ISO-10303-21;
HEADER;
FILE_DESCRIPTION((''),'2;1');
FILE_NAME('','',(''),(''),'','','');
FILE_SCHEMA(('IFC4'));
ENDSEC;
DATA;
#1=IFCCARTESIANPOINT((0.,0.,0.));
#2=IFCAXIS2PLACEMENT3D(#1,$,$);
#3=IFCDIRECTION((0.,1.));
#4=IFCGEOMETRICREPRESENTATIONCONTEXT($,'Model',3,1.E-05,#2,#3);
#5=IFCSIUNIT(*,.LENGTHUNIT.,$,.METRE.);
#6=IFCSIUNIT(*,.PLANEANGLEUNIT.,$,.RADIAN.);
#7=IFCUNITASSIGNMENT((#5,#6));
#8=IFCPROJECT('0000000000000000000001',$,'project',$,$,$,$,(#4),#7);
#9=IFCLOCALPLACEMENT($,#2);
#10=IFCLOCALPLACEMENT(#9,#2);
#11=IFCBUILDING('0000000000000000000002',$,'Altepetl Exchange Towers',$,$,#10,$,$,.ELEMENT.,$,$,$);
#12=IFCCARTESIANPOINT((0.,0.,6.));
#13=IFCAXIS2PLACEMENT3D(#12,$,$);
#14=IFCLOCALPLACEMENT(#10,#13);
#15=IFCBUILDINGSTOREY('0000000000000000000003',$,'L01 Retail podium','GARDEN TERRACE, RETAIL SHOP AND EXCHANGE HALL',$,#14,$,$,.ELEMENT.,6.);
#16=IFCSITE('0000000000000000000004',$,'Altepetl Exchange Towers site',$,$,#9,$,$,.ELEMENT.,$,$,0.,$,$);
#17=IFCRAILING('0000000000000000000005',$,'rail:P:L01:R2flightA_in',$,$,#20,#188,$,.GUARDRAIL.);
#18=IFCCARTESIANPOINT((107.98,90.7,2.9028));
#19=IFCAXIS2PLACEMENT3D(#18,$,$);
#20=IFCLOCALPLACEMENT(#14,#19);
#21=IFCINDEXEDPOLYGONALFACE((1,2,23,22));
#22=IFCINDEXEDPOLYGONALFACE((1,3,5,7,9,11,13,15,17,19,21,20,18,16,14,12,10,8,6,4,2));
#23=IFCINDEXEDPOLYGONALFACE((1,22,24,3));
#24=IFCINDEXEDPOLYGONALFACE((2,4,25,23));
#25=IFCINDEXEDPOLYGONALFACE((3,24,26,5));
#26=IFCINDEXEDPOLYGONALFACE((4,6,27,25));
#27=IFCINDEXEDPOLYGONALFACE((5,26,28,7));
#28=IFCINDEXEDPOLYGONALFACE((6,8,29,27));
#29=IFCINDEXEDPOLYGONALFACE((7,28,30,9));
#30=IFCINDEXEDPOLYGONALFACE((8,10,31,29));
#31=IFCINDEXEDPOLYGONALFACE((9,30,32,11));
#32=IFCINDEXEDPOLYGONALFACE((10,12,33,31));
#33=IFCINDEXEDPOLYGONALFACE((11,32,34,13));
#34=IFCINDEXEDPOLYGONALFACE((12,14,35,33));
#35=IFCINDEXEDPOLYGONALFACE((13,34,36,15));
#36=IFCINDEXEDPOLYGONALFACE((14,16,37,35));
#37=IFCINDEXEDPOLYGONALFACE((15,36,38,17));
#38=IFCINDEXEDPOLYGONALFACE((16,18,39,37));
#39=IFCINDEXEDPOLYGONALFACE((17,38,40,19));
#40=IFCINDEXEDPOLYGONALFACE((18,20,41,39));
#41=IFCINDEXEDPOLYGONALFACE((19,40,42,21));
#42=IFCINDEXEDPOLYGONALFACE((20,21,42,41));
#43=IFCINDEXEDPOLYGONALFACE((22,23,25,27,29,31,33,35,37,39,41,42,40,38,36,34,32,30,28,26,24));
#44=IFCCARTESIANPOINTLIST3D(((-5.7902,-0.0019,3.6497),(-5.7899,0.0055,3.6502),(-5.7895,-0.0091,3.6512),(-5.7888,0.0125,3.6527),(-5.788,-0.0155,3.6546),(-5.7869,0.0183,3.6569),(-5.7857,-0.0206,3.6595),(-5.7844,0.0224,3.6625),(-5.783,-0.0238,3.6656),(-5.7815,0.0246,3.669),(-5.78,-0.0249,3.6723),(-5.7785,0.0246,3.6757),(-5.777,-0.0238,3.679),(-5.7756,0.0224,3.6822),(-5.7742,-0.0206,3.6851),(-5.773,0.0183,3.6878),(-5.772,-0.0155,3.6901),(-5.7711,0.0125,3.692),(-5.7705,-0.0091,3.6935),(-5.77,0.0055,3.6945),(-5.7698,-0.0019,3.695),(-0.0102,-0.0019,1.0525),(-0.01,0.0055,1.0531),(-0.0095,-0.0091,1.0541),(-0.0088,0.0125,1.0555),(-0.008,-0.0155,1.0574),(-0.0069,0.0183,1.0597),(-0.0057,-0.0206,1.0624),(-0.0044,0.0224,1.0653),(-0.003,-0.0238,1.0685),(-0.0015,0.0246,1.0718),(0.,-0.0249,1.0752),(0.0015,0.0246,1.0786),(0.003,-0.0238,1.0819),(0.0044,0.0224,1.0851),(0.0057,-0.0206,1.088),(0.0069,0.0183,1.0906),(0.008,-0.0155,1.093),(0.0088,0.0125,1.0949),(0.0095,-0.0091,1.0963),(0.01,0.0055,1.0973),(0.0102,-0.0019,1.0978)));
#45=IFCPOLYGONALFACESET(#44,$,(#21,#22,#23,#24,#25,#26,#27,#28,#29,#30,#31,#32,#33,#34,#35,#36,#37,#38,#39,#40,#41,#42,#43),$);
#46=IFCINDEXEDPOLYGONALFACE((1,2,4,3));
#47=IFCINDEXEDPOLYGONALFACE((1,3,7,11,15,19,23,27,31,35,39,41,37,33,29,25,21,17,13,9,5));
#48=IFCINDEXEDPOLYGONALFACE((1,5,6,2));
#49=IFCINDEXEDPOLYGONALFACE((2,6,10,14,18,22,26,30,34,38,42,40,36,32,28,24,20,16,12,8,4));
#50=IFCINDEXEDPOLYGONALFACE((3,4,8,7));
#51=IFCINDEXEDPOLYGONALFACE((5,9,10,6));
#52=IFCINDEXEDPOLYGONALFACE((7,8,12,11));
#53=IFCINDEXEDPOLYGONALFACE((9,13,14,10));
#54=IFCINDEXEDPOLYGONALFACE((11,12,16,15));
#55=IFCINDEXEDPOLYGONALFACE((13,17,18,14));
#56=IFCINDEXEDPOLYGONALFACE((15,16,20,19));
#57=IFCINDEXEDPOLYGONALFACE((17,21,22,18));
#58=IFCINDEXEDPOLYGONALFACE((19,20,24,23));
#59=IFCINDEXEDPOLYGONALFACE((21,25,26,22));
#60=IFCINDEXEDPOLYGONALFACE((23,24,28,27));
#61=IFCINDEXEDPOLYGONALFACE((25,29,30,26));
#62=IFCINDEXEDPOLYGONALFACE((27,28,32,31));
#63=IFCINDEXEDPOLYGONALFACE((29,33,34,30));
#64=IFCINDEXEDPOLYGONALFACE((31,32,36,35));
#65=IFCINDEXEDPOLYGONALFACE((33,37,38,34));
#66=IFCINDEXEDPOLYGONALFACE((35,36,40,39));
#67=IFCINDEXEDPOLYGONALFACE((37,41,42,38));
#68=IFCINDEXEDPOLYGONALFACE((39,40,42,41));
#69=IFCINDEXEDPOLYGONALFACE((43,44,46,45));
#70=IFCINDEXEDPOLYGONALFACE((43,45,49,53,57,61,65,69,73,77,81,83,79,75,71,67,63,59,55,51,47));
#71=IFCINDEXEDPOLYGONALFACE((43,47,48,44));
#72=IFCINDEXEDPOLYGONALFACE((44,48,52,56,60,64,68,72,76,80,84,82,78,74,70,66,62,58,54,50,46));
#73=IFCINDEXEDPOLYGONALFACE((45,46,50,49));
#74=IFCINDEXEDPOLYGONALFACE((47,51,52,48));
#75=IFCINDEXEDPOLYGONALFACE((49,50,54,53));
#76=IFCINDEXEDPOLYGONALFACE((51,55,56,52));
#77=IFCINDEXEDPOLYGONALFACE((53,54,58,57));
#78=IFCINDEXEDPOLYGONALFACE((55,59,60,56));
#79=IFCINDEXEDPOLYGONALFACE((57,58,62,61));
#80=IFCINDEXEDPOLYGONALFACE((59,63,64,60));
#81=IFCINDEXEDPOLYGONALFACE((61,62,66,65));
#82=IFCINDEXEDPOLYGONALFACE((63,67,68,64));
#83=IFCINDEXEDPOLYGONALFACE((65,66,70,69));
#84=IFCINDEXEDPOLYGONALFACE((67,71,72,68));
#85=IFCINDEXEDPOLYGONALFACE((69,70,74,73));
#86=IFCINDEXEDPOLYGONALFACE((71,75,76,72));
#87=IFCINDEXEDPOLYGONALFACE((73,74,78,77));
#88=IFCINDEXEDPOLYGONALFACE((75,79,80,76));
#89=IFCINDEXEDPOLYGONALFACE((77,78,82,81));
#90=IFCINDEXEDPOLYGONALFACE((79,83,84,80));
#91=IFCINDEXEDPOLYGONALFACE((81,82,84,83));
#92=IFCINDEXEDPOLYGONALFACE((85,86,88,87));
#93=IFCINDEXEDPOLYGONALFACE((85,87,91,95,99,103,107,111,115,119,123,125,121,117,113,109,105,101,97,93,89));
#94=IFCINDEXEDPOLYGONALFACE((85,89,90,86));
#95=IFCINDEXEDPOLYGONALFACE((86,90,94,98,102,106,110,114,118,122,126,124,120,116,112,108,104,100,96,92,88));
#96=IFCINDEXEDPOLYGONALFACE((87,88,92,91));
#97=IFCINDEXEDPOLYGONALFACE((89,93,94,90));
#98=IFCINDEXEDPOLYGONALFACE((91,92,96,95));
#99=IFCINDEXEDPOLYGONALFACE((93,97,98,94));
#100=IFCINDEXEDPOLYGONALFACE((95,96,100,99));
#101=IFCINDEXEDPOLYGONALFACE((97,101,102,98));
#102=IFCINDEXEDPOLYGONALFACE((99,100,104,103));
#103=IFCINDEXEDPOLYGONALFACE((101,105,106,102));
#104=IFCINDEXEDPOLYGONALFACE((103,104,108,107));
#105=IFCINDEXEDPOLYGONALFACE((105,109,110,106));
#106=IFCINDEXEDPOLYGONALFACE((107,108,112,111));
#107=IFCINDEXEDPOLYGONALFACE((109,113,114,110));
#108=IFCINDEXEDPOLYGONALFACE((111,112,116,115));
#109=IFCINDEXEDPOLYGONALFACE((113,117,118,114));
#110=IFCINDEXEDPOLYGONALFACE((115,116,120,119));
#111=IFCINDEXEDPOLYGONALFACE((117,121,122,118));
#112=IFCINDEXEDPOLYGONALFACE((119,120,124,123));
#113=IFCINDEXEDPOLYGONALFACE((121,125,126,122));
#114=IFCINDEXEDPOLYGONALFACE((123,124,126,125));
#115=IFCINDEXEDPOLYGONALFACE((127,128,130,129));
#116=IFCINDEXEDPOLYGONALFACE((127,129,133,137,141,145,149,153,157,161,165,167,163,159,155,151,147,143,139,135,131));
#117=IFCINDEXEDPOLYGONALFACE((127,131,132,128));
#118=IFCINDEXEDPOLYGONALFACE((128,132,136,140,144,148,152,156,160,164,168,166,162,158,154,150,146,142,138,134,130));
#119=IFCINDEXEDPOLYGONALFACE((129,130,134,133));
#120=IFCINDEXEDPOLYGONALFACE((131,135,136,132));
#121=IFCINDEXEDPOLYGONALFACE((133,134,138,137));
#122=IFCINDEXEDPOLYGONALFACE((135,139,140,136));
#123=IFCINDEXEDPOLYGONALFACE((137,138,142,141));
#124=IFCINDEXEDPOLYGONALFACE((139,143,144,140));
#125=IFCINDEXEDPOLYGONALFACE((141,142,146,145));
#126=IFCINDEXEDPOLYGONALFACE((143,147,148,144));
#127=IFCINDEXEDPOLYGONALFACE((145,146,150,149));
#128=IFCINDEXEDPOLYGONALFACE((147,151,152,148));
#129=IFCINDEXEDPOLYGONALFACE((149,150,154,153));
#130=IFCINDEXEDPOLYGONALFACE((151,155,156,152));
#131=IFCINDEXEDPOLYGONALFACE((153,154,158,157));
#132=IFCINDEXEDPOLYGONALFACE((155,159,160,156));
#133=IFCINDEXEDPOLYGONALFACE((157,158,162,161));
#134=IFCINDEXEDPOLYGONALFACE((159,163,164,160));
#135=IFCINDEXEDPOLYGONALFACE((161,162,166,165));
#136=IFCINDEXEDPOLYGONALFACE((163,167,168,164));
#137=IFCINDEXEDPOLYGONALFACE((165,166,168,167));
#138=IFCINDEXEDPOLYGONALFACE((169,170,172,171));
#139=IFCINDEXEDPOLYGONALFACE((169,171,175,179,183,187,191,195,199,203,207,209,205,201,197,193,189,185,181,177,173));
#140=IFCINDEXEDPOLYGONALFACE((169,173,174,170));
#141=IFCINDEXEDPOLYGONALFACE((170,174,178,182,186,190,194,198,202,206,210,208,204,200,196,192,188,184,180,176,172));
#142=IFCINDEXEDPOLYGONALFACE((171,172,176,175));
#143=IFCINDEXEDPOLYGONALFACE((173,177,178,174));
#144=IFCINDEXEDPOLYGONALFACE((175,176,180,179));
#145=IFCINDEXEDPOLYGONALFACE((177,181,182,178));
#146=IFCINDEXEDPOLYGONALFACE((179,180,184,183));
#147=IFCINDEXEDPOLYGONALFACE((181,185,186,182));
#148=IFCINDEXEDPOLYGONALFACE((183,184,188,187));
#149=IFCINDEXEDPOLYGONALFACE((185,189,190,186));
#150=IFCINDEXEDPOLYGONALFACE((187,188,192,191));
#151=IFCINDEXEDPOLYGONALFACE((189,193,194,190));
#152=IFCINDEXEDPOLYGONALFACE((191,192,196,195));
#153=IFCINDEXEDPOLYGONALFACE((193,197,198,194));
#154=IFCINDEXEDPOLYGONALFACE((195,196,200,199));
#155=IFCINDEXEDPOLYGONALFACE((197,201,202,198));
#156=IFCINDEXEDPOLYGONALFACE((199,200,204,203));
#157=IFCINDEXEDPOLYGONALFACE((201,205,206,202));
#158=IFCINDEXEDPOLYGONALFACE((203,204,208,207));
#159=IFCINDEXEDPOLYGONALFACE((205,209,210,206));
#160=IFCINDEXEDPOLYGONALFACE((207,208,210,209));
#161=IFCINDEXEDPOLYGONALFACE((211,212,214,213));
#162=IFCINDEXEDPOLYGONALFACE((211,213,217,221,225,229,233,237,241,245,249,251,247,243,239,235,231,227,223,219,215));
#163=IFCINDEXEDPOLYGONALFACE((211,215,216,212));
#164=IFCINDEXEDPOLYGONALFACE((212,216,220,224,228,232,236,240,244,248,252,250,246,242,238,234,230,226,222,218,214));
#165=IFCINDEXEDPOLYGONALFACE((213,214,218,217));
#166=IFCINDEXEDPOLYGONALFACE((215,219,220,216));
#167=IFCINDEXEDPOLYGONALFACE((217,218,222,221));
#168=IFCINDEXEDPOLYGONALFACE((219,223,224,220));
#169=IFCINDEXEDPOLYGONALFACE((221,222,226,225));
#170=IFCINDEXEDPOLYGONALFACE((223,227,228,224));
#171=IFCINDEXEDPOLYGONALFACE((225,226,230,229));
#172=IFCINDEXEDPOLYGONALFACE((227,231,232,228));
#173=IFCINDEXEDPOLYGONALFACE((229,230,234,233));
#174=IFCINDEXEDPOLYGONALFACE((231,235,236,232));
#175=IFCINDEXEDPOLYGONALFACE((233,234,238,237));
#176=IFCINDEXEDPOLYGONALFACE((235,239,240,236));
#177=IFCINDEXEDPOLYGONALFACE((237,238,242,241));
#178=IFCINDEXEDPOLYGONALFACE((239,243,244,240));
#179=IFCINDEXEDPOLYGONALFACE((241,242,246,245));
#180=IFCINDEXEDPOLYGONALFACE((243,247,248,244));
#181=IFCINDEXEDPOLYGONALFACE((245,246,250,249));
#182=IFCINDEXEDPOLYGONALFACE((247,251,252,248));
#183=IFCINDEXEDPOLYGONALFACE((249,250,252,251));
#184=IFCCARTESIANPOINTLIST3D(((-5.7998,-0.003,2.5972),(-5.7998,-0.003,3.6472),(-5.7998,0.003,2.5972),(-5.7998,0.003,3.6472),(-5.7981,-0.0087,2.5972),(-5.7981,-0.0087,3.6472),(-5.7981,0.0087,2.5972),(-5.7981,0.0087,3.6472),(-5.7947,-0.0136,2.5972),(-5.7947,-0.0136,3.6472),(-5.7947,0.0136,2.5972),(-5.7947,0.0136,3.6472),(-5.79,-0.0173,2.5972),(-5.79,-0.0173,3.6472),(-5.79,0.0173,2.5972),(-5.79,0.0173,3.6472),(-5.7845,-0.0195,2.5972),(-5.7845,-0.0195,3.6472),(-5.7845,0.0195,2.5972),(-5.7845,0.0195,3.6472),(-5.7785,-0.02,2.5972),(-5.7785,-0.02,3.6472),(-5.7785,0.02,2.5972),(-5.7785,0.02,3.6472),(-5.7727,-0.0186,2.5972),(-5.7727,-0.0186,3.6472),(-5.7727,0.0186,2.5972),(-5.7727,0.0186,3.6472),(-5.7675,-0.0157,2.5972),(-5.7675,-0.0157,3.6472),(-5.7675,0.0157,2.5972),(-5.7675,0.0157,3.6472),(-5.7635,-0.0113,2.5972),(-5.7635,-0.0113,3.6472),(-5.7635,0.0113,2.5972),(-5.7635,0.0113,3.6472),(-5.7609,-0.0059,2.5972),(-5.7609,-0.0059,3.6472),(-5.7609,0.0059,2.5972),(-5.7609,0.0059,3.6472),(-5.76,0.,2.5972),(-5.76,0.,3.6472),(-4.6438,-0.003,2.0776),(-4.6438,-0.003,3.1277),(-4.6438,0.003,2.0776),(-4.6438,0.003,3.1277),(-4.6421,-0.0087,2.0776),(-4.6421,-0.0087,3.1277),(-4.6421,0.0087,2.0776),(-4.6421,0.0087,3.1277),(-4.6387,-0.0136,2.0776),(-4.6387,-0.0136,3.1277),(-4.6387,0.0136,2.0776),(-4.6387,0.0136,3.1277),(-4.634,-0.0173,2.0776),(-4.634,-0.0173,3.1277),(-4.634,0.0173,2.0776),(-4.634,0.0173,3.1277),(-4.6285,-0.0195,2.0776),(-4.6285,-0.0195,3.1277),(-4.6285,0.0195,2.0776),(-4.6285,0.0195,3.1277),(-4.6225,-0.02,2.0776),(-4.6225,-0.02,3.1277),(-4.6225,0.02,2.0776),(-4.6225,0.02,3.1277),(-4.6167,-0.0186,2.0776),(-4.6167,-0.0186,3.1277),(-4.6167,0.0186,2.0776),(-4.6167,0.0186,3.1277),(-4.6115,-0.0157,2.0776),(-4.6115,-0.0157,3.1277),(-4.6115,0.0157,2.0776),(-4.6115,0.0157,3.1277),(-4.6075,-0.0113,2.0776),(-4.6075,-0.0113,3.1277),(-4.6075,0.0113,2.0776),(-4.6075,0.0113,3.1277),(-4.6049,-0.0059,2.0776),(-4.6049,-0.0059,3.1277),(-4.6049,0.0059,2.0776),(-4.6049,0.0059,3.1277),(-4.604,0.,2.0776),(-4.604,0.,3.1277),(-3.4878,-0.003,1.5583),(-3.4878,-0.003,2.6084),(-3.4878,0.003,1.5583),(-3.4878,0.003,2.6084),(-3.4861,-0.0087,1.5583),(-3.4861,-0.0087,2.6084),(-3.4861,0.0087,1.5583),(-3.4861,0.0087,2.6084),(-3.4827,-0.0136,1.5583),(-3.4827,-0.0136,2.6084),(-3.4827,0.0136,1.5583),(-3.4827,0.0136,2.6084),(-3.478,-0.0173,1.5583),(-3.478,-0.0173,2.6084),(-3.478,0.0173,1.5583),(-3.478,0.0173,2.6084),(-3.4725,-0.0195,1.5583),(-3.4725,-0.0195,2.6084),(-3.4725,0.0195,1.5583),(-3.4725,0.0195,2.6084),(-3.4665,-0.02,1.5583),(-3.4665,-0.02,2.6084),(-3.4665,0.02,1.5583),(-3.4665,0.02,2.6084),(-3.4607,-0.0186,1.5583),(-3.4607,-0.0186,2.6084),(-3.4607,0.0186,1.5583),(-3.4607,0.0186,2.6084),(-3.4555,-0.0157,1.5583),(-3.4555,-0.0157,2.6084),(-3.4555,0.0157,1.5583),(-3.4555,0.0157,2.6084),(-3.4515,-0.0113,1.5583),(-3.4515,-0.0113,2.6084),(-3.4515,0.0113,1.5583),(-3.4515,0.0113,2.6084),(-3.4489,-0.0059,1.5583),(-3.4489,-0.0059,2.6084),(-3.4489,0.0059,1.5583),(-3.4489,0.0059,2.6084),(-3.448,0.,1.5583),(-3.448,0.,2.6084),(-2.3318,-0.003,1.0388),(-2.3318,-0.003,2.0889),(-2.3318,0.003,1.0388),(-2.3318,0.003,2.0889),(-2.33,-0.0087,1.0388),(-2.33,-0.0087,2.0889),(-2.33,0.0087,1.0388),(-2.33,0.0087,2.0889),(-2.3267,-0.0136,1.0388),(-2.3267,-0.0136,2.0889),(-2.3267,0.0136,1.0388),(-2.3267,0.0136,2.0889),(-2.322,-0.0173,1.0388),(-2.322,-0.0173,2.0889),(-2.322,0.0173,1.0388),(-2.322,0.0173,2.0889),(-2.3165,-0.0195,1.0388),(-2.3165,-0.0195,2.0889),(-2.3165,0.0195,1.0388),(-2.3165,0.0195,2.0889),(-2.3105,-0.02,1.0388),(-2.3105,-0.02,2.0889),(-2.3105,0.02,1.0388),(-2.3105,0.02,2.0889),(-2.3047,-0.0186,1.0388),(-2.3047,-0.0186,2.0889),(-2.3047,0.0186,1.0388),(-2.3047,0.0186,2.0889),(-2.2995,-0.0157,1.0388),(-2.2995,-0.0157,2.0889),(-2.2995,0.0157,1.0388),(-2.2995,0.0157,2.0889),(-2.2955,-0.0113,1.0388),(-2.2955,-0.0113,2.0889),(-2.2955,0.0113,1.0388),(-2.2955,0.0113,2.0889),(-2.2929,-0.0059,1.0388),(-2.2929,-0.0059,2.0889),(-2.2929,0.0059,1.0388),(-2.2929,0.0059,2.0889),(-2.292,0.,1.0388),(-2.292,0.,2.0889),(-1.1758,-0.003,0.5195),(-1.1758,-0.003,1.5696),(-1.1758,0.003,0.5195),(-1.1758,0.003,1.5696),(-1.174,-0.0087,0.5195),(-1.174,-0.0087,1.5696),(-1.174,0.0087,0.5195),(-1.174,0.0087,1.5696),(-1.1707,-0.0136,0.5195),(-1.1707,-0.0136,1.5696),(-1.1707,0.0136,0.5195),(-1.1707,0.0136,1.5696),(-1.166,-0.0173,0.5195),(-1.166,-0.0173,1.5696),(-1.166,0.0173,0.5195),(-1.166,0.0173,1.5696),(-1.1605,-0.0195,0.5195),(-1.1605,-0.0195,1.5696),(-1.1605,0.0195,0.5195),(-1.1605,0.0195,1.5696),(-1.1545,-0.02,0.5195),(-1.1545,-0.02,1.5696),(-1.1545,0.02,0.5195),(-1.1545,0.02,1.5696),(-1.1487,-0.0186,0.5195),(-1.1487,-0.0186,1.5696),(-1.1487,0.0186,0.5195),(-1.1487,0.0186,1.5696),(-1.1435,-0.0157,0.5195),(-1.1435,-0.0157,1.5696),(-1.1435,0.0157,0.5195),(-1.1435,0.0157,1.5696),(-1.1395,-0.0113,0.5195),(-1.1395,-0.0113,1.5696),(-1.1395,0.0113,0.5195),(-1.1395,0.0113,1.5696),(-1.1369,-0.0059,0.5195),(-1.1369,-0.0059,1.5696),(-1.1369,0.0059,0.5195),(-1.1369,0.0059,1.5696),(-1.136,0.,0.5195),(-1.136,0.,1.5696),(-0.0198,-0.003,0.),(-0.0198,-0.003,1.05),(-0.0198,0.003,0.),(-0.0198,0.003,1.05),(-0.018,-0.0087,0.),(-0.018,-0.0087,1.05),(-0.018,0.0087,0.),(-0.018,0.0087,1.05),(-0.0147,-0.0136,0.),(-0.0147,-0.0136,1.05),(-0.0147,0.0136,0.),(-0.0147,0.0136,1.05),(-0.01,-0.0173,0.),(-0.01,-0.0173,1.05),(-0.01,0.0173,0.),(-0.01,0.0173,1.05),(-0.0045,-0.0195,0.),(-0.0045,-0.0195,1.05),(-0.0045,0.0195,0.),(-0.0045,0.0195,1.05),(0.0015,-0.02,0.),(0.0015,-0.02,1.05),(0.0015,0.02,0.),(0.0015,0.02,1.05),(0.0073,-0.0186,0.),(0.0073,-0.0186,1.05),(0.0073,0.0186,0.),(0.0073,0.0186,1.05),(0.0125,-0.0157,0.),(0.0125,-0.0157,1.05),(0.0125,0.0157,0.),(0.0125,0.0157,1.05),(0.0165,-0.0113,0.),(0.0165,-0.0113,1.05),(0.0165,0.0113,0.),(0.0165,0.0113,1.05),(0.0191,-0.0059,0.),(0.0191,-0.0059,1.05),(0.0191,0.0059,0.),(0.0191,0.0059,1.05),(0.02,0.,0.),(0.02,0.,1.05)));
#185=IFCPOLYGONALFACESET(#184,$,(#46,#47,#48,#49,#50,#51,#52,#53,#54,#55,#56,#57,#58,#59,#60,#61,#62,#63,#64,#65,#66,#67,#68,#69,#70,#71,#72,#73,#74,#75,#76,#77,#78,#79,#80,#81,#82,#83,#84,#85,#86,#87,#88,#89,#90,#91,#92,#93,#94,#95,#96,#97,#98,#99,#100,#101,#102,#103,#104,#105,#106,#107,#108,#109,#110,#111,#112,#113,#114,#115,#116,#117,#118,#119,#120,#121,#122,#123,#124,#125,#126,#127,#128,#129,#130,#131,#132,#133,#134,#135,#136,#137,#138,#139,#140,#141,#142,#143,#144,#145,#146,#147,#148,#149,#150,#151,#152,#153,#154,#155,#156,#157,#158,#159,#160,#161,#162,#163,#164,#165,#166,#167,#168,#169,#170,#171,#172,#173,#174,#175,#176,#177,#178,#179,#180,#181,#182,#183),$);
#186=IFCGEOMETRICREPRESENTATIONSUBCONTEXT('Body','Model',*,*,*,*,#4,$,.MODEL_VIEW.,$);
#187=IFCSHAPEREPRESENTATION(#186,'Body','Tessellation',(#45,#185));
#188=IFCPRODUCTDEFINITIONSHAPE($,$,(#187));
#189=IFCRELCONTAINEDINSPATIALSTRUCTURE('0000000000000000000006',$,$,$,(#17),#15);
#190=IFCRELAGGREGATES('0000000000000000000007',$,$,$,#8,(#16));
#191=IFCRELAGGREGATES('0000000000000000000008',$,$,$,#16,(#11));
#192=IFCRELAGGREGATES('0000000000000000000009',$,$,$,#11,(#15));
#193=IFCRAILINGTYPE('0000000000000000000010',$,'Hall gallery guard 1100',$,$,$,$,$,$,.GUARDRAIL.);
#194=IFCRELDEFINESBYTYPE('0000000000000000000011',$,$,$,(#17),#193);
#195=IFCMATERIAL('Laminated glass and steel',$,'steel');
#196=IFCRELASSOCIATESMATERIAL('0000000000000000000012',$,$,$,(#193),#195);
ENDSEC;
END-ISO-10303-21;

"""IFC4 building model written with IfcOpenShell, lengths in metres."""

from ifc_helpers import new_model, si_unit, direction, frame, origin, origin_2d, place, context, subcontext, project, spatial, circle, extrude, source, transform, mapped, material, type_object, element, save


model = new_model("IFC4")

# Units and contexts
model_context = context("Model", 3, precision=1e-05, world=origin(), true_north=direction((0.0, 1.0)))
body_context = subcontext(model_context, "Body", "Model", "MODEL_VIEW")
ifc_project = project(units=[si_unit("LENGTHUNIT", "METRE"), si_unit("PLANEANGLEUNIT", "RADIAN")], contexts=[model_context])

# Site, building, storey
site_placement = place(None, origin())
site = spatial("IfcSite", under=ifc_project, at=site_placement, Name="Altepetl Exchange Towers site", CompositionType="ELEMENT", RefElevation=0.0)
building_placement = place(site_placement, origin())
building = spatial("IfcBuilding", under=site, at=building_placement, Name="Altepetl Exchange Towers", CompositionType="ELEMENT")
storey_placement = place(building_placement, frame((0.0, 0.0, 6.0)))
storey = spatial("IfcBuildingStorey", under=building, at=storey_placement, Name="L01 Retail podium", Description="GARDEN TERRACE, RETAIL SHOP AND EXCHANGE HALL", CompositionType="ELEMENT", Elevation=6.0)

# Railing
ifc_material_1 = material(Name="Laminated glass and steel", Category="steel")
railing_type_1 = type_object("IfcRailingType", Name="Hall gallery guard 1100", PredefinedType="GUARDRAIL", material=ifc_material_1)
shared_shape_1 = source(origin(), body_context, "Body", "SweptSolid", [
    extrude(circle(Radius=0.02, at=origin_2d()), origin(), (0.0, 0.0, 1.0), 1.05),
])
for number, where, name in (
    (1, (107.98, 90.7, 2.9028), "rail:P:L01:R2flightA_in"),
):
    element("IfcRailing", number, at=place(storey_placement, frame(where)), inside=storey, type_object=railing_type_1, Name=name, PredefinedType="GUARDRAIL", context=body_context, shape_type="SweptSolid", body=[
        extrude(circle(Radius=0.0249, at=origin_2d()), frame((0.0, 0.0, 1.0752), z_axis=(-0.912148, 0.0, 0.40986), x_axis=(0.0, -1.0, 0.0)), (0.0, 0.0, 1.0), 6.3367),
        mapped(shared_shape_1, transform((0.0, 0.0, 0.0))),
        mapped(shared_shape_1, transform((-1.156, 0.0, 0.5195))),
        mapped(shared_shape_1, transform((-2.312, 0.0, 1.0388))),
        mapped(shared_shape_1, transform((-3.468, 0.0, 1.5583))),
        mapped(shared_shape_1, transform((-4.624, 0.0, 2.0776))),
        mapped(shared_shape_1, transform((-5.78, 0.0, 2.5972))),
    ])

save(model, "model.ifc")
